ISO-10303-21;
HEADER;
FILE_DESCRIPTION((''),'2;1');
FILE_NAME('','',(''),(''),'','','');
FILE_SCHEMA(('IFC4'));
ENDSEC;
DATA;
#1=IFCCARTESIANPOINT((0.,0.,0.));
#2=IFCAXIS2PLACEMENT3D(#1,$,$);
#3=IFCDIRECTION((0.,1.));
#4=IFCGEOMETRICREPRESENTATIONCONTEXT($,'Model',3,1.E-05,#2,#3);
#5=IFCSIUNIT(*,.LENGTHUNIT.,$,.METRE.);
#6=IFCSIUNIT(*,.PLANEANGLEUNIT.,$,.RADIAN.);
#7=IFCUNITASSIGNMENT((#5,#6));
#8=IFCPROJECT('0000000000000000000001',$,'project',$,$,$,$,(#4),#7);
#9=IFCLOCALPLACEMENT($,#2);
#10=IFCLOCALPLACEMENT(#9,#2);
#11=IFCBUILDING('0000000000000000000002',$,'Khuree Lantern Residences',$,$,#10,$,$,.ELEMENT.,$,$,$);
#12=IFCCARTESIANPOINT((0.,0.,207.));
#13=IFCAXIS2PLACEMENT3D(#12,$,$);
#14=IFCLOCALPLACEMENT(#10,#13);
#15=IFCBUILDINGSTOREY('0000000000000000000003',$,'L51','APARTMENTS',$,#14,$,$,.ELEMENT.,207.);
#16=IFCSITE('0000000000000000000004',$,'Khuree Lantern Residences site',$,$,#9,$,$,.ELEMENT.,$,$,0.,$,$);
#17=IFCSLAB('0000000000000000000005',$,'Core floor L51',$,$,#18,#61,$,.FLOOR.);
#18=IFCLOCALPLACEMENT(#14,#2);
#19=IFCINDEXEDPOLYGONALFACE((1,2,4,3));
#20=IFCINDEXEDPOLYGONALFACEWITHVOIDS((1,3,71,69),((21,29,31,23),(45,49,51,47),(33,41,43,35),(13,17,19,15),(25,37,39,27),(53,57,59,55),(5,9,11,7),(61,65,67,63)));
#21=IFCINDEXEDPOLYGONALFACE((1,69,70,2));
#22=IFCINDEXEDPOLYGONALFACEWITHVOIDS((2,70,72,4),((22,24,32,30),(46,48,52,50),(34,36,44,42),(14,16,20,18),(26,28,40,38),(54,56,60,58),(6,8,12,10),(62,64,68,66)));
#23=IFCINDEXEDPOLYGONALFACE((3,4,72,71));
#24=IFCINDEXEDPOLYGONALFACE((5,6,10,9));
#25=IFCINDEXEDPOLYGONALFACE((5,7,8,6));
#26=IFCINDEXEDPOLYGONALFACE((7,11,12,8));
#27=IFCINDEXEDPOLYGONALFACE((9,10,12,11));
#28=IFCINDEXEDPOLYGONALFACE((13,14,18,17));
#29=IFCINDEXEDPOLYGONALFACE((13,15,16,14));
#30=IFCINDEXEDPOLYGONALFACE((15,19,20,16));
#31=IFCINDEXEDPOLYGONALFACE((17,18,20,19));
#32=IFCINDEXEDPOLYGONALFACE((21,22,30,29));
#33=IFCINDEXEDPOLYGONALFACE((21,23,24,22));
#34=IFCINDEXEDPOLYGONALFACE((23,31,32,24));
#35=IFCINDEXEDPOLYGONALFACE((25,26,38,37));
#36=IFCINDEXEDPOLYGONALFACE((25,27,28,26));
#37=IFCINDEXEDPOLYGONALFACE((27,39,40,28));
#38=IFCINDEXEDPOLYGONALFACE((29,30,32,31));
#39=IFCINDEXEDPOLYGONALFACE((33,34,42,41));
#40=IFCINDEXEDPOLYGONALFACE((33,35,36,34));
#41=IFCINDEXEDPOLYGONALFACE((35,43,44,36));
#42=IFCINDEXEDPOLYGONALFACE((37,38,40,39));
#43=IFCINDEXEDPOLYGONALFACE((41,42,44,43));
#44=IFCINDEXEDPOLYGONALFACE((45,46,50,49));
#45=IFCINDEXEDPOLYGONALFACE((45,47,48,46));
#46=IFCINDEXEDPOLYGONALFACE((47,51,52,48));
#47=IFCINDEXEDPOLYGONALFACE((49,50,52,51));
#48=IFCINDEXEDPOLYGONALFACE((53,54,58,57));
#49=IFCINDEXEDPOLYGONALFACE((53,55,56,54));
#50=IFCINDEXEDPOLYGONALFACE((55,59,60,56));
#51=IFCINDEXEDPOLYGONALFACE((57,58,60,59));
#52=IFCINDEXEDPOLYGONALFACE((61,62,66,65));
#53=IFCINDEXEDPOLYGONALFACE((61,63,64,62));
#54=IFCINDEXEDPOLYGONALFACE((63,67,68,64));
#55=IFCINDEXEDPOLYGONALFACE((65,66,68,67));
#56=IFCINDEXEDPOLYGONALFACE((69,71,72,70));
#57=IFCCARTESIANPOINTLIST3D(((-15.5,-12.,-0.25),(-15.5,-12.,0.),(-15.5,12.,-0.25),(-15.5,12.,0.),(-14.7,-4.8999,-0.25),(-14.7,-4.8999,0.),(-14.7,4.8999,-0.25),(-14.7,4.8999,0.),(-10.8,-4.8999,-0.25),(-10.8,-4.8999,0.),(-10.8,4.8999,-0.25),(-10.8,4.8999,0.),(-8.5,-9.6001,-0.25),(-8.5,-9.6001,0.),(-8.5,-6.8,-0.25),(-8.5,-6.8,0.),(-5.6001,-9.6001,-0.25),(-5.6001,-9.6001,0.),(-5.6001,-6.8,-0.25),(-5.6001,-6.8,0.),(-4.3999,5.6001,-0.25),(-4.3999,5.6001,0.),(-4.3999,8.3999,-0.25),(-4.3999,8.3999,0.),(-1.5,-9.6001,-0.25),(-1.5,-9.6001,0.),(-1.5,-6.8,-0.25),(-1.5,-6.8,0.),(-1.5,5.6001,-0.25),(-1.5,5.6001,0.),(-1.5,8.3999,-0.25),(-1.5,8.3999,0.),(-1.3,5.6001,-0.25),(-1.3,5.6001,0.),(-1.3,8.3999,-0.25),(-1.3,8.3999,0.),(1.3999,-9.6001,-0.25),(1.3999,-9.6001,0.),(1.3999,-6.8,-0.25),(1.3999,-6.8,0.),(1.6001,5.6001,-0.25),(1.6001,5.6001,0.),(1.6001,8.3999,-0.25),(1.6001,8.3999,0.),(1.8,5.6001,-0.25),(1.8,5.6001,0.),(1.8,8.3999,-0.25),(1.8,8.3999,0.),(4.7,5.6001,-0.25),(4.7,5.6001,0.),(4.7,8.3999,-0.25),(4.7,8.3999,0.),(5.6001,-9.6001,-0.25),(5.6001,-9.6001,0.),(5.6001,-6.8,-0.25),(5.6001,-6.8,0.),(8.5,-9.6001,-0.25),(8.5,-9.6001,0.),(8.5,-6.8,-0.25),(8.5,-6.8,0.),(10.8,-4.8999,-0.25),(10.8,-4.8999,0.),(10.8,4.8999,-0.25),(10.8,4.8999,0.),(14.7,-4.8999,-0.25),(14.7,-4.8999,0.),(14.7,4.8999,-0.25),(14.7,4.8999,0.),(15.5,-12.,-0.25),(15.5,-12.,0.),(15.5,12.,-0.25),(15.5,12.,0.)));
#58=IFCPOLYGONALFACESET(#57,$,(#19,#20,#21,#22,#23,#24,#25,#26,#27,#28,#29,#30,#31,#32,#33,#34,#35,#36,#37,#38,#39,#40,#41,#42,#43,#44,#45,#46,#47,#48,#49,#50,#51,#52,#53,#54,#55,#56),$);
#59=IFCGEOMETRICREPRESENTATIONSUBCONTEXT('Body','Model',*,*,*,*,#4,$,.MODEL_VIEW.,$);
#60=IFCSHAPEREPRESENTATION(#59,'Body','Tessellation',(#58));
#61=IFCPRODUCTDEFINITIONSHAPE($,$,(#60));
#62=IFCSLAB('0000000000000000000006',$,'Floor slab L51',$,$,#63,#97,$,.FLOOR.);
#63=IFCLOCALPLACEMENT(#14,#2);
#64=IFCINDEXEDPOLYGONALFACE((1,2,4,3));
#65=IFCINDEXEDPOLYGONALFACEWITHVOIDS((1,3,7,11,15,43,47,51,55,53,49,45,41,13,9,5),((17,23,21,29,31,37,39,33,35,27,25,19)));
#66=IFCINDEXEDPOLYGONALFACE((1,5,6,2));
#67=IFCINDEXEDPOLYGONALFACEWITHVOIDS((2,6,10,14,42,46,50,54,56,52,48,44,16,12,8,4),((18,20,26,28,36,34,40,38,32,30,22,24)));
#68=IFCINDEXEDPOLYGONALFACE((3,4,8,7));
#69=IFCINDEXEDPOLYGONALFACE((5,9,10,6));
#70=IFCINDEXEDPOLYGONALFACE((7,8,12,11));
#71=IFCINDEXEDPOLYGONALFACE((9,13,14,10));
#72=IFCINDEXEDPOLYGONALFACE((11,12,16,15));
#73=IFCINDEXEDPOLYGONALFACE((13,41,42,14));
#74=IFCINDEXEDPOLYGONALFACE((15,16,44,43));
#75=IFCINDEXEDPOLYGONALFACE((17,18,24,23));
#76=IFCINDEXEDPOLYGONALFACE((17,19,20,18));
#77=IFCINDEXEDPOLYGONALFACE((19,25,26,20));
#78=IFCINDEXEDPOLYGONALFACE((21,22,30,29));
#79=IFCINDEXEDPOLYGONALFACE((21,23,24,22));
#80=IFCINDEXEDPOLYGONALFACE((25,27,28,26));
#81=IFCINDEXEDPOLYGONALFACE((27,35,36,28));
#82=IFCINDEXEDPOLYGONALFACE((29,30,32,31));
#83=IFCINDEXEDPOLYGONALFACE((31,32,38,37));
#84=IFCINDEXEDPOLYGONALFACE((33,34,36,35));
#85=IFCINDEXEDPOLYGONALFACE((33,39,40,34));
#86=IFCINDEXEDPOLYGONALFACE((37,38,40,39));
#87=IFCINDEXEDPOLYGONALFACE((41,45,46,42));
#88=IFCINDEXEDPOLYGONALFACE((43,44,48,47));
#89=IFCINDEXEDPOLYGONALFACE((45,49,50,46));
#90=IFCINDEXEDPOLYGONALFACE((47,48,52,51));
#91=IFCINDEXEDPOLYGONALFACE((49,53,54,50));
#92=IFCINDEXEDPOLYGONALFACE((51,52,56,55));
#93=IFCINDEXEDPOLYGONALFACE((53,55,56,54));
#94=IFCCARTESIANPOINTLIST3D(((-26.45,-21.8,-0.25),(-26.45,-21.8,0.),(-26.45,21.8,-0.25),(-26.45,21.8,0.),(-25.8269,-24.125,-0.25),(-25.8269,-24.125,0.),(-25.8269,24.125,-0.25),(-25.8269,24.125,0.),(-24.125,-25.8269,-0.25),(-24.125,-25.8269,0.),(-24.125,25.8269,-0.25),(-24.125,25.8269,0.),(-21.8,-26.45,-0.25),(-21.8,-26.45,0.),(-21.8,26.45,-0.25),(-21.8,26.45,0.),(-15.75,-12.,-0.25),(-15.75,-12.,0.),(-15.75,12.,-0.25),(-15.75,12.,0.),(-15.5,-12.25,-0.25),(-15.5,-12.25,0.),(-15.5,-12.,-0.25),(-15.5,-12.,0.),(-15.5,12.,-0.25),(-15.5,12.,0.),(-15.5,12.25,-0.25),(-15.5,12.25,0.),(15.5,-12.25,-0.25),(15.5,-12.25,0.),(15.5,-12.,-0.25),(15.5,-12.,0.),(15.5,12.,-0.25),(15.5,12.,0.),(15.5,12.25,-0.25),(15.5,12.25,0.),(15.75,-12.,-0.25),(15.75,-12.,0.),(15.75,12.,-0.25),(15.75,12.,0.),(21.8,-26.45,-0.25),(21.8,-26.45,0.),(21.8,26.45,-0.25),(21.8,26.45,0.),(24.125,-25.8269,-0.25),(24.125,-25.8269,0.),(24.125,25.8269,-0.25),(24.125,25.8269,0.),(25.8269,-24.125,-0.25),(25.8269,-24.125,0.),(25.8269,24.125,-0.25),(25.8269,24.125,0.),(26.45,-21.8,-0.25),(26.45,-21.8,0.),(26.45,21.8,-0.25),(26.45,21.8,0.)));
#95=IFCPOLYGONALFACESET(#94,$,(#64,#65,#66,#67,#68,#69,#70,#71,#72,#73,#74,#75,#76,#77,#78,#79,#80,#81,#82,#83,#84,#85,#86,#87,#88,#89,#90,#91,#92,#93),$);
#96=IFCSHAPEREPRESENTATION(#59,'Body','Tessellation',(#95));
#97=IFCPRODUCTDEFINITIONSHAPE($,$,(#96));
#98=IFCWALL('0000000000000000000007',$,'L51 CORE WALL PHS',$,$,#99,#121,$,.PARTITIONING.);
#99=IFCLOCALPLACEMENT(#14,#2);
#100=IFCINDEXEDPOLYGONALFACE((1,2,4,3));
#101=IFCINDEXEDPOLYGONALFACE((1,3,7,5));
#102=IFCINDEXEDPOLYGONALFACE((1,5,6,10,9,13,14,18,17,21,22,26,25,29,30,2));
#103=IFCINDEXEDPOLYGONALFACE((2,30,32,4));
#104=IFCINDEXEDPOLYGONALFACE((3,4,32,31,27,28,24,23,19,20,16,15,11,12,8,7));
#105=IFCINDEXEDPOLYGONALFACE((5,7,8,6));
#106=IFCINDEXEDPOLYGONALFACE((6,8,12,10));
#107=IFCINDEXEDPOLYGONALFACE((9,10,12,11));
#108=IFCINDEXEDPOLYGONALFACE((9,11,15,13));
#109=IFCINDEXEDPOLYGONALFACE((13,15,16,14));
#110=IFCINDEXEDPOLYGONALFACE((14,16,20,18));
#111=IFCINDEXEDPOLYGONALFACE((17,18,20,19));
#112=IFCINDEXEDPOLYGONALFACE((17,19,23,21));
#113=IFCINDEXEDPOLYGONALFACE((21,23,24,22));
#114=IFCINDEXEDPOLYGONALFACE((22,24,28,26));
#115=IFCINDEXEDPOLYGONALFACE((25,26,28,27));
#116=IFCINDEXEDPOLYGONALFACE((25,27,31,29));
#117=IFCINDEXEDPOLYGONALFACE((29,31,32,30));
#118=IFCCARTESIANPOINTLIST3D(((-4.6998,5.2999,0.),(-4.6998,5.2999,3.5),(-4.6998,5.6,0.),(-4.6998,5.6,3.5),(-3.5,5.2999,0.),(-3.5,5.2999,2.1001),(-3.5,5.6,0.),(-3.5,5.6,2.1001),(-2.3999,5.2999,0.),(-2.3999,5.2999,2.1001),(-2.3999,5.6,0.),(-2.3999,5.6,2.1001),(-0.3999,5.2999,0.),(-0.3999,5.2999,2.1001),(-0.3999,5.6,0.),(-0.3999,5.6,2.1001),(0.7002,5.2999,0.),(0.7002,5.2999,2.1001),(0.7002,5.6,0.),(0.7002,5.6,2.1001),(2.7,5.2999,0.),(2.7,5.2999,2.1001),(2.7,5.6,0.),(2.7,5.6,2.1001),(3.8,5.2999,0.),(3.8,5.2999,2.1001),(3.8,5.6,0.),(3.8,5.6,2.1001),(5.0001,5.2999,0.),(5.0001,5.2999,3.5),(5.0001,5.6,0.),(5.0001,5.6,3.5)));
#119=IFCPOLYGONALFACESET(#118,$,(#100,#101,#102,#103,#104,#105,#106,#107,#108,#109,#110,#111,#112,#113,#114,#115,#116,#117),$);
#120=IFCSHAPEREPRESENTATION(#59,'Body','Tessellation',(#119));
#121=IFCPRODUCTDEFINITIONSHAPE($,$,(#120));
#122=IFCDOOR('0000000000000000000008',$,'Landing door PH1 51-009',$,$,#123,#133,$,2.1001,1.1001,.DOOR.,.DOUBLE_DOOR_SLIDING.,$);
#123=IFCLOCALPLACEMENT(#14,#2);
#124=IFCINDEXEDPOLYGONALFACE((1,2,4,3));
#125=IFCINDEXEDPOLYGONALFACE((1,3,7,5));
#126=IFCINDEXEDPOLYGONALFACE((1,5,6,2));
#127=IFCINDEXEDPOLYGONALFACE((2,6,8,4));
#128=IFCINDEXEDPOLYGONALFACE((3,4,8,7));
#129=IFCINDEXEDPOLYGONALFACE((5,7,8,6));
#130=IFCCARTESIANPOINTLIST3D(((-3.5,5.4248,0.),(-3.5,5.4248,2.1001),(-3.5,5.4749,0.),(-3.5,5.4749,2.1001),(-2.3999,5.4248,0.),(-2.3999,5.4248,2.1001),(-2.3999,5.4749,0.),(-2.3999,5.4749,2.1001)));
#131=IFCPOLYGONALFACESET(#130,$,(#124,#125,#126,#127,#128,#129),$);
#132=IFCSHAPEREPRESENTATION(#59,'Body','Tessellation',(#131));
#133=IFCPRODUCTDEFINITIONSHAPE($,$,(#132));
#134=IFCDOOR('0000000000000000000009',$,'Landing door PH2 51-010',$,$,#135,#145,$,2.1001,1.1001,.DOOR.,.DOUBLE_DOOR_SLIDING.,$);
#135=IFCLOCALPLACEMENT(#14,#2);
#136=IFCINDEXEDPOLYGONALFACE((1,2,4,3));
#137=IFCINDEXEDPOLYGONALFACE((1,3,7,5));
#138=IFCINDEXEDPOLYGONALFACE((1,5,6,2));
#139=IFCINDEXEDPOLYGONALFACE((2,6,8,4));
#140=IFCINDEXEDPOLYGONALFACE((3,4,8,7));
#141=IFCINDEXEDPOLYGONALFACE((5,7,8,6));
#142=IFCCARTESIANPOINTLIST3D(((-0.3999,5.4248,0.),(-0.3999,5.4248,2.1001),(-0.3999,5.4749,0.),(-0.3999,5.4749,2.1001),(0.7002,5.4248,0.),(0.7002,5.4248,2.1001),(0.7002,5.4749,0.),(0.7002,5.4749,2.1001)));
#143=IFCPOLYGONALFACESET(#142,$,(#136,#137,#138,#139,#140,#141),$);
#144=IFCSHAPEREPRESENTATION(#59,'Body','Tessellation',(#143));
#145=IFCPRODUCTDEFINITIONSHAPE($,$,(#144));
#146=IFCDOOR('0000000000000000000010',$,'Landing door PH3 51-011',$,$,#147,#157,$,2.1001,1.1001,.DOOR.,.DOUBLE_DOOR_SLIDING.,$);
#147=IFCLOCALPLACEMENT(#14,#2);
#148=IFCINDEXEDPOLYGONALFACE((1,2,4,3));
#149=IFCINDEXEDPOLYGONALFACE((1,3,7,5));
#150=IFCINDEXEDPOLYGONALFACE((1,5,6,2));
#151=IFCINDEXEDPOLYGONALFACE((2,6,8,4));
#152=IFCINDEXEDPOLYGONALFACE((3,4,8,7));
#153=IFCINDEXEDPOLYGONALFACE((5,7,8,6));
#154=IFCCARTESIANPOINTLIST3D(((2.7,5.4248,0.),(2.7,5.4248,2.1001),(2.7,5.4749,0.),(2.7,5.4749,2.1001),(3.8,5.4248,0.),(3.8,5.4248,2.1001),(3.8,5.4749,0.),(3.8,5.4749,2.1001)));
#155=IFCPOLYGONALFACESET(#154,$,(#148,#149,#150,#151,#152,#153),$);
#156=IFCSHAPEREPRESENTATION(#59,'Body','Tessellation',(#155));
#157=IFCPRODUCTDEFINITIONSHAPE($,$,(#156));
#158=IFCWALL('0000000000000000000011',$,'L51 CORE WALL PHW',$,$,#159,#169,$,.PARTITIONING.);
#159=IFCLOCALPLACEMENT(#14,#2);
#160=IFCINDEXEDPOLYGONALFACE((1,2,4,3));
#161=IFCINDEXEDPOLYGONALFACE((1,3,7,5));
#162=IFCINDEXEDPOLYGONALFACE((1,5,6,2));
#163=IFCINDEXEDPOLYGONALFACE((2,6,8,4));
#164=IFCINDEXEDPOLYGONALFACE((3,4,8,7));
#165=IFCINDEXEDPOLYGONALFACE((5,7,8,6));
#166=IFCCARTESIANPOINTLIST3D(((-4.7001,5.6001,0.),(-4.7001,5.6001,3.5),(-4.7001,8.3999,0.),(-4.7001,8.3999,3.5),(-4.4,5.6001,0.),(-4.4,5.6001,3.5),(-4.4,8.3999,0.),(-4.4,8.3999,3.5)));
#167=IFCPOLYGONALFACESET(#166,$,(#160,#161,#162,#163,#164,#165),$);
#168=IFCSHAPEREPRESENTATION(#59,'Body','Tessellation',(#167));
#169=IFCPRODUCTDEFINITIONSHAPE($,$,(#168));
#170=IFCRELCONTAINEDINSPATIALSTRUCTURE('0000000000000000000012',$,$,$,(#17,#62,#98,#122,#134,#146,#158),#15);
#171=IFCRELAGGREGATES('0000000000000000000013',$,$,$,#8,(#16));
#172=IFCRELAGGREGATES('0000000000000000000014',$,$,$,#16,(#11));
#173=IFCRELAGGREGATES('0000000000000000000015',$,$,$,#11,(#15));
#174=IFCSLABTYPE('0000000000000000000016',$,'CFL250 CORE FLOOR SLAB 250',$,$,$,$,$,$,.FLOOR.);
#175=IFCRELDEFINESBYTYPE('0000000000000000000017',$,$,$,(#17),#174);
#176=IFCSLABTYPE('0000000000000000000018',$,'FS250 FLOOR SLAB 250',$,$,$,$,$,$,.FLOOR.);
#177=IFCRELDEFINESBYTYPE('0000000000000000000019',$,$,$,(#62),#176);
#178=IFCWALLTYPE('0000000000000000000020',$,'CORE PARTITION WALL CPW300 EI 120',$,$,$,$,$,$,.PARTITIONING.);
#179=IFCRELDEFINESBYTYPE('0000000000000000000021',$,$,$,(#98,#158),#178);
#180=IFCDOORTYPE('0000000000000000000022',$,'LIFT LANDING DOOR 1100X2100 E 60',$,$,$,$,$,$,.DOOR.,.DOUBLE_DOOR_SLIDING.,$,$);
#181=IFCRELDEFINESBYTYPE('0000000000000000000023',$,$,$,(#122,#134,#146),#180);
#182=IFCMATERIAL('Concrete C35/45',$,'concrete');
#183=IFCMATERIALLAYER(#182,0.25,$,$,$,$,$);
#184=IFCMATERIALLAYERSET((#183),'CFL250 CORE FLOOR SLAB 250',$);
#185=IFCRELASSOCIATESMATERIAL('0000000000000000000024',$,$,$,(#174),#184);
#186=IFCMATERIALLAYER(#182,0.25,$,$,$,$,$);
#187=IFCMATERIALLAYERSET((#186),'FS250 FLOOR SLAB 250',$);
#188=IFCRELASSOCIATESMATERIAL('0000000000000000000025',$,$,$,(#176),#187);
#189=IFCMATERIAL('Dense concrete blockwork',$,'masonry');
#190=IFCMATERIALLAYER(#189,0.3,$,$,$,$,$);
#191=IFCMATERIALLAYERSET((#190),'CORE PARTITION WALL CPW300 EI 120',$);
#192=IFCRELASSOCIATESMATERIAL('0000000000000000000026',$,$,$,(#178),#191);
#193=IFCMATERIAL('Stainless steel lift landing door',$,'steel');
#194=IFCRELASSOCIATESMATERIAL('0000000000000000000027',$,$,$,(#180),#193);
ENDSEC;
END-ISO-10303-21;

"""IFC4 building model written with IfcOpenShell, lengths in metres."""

from ifc_helpers import new_model, si_unit, direction, frame, frame_2d, origin, place, context, subcontext, project, spatial, polyline, rectangle, outline, extrude, material, layer, layer_set, type_object, element, fill, save


model = new_model("IFC4")

# Units and contexts
model_context = context("Model", 3, precision=1e-05, world=origin(), true_north=direction((0.0, 1.0)))
body_context = subcontext(model_context, "Body", "Model", "MODEL_VIEW")
ifc_project = project(units=[si_unit("LENGTHUNIT", "METRE"), si_unit("PLANEANGLEUNIT", "RADIAN")], contexts=[model_context])

# Site, building, storey
site_placement = place(None, origin())
site = spatial("IfcSite", under=ifc_project, at=site_placement, Name="Khuree Lantern Residences site", CompositionType="ELEMENT", RefElevation=0.0)
building_placement = place(site_placement, origin())
building = spatial("IfcBuilding", under=site, at=building_placement, Name="Khuree Lantern Residences", CompositionType="ELEMENT")
storey_placement = place(building_placement, frame((0.0, 0.0, 207.0)))
storey = spatial("IfcBuildingStorey", under=building, at=storey_placement, Name="L51", Description="APARTMENTS", CompositionType="ELEMENT", Elevation=207.0)

# Slabs
ifc_material_1 = material(Name="Concrete C35/45", Category="concrete")
ifc_layer_1 = layer(ifc_material_1, 0.25)
ifc_layer_set_1 = layer_set([ifc_layer_1], Name="CFL250 CORE FLOOR SLAB 250")
slab_type_1 = type_object("IfcSlabType", Name="CFL250 CORE FLOOR SLAB 250", PredefinedType="FLOOR", material=ifc_layer_set_1)
slab_1_placement = place(storey_placement, frame((0.0, 0.0, -0.25)))
element("IfcSlab", 1, at=slab_1_placement, inside=storey, type_object=slab_type_1, Name="Core floor L51", PredefinedType="FLOOR", context=body_context, shape_type="SweptSolid", body=[
    extrude(outline(polyline([(-15.5, -12.0), (-15.5, 12.0), (15.5, 12.0), (15.5, -12.0), (-15.5, -12.0)]), holes=[polyline([(10.8, 4.8999), (10.8, -4.8999), (14.7, -4.8999), (14.7, 4.8999), (10.8, 4.8999)]), polyline([(5.6001, -6.8), (5.6001, -9.6001), (8.5, -9.6001), (8.5, -6.8), (5.6001, -6.8)]), polyline([(1.8, 8.3999), (1.8, 5.6001), (4.7, 5.6001), (4.7, 8.3999), (1.8, 8.3999)]), polyline([(-1.3, 8.3999), (-1.3, 5.6001), (1.6001, 5.6001), (1.6001, 8.3999), (-1.3, 8.3999)]), polyline([(-1.5, -6.8), (-1.5, -9.6001), (1.3999, -9.6001), (1.3999, -6.8), (-1.5, -6.8)]), polyline([(-4.3999, 8.3999), (-4.3999, 5.6001), (-1.5, 5.6001), (-1.5, 8.3999), (-4.3999, 8.3999)]), polyline([(-8.5, -6.8), (-8.5, -9.6001), (-5.6001, -9.6001), (-5.6001, -6.8), (-8.5, -6.8)]), polyline([(-14.7, 4.8999), (-14.7, -4.8999), (-10.8, -4.8999), (-10.8, 4.8999), (-14.7, 4.8999)])]), origin(), (0.0, 0.0, 1.0), 0.25),
])
ifc_layer_2 = layer(ifc_material_1, 0.25)
ifc_layer_set_2 = layer_set([ifc_layer_2], Name="FS250 FLOOR SLAB 250")
slab_type_2 = type_object("IfcSlabType", Name="FS250 FLOOR SLAB 250", PredefinedType="FLOOR", material=ifc_layer_set_2)
slab_2_placement = place(storey_placement, frame((0.0, 0.0, -0.25)))
element("IfcSlab", 2, at=slab_2_placement, inside=storey, type_object=slab_type_2, Name="Floor slab L51", PredefinedType="FLOOR", context=body_context, shape_type="SweptSolid", body=[
    extrude(outline(polyline([(-24.125, -25.8269), (-25.8269, -24.125), (-26.45, -21.8), (-26.45, 21.8), (-25.8269, 24.125), (-24.125, 25.8269), (-21.8, 26.45), (21.8, 26.45), (24.125, 25.8269), (25.8269, 24.125), (26.45, 21.8), (26.45, -21.8), (25.8269, -24.125), (24.125, -25.8269), (21.8, -26.45), (-21.8, -26.45), (-24.125, -25.8269)]), holes=[polyline([(15.75, 12.0), (15.5, 12.0), (15.5, 12.25), (-15.5, 12.25), (-15.5, 12.0), (-15.75, 12.0), (-15.75, -12.0), (-15.5, -12.0), (-15.5, -12.25), (15.5, -12.25), (15.5, -12.0), (15.75, -12.0), (15.75, 12.0)])]), origin(), (0.0, 0.0, 1.0), 0.25),
])

# Wall, openings, doors
ifc_material_2 = material(Name="Dense concrete blockwork", Category="masonry")
ifc_layer_3 = layer(ifc_material_2, 0.3)
ifc_layer_set_3 = layer_set([ifc_layer_3], Name="CORE PARTITION WALL CPW300 EI 120")
wall_type_1 = type_object("IfcWallType", Name="CORE PARTITION WALL CPW300 EI 120", PredefinedType="PARTITIONING", material=ifc_layer_set_3)
wall_1_placement = place(storey_placement, frame((-4.7, 5.45, 0.0), z_axis=(0.0, 0.0, 1.0), x_axis=(1.0, 0.0, 0.0)))
wall_1 = element("IfcWall", 3, at=wall_1_placement, inside=storey, type_object=wall_type_1, Name="L51 CORE WALL PHS", PredefinedType="PARTITIONING", context=body_context, shape_type="SweptSolid", body=[
    extrude(rectangle(XDim=9.7, YDim=0.3, at=frame_2d((4.8501, 0.0))), origin(), (0.0, 0.0, 1.0), 3.5),
])
opening_1_placement = place(wall_1_placement, frame((1.2, 0.0, 0.0)))
opening_1 = element("IfcOpeningElement", 4, at=opening_1_placement, cuts=wall_1, PredefinedType="OPENING", context=body_context, shape_type="SweptSolid", body=[
    extrude(rectangle(XDim=1.1001, YDim=2.1001, at=frame_2d((0.55, 1.05))), frame((0.0, 0.1602, 0.0), z_axis=(0.0, -1.0, 0.0), x_axis=(1.0, 0.0, 0.0)), (0.0, 0.0, 1.0), 0.3201),
])
opening_2_placement = place(wall_1_placement, frame((4.3, 0.0, 0.0)))
opening_2 = element("IfcOpeningElement", 5, at=opening_2_placement, cuts=wall_1, PredefinedType="OPENING", context=body_context, shape_type="SweptSolid", body=[
    extrude(rectangle(XDim=1.1001, YDim=2.1001, at=frame_2d((0.55, 1.05))), frame((0.0, 0.1602, 0.0), z_axis=(0.0, -1.0, 0.0), x_axis=(1.0, 0.0, 0.0)), (0.0, 0.0, 1.0), 0.3201),
])
opening_3_placement = place(wall_1_placement, frame((7.3999, 0.0, 0.0)))
opening_3 = element("IfcOpeningElement", 6, at=opening_3_placement, cuts=wall_1, PredefinedType="OPENING", context=body_context, shape_type="SweptSolid", body=[
    extrude(rectangle(XDim=1.1001, YDim=2.1001, at=frame_2d((0.55, 1.05))), frame((0.0, 0.1602, 0.0), z_axis=(0.0, -1.0, 0.0), x_axis=(1.0, 0.0, 0.0)), (0.0, 0.0, 1.0), 0.3201),
])
ifc_material_3 = material(Name="Stainless steel lift landing door", Category="steel")
door_type_1 = type_object("IfcDoorType", Name="LIFT LANDING DOOR 1100X2100 E 60", OperationType="DOUBLE_DOOR_SLIDING", PredefinedType="DOOR", material=ifc_material_3)
door_1_placement = place(opening_1_placement, origin())
door_1 = element("IfcDoor", 7, at=door_1_placement, inside=storey, type_object=door_type_1, Name="Landing door PH1 51-009", OperationType="DOUBLE_DOOR_SLIDING", OverallHeight=2.1001, OverallWidth=1.1001, PredefinedType="DOOR", context=body_context, shape_type="SweptSolid", body=[
    extrude(rectangle(XDim=1.1001, YDim=2.1001, at=frame_2d((0.55, 1.05))), frame((0.0, 0.0249, 0.0), z_axis=(0.0, -1.0, 0.0), x_axis=(1.0, 0.0, 0.0)), (0.0, 0.0, 1.0), 0.05),
])
fill(opening_1, door_1)
door_2_placement = place(opening_2_placement, origin())
door_2 = element("IfcDoor", 8, at=door_2_placement, inside=storey, type_object=door_type_1, Name="Landing door PH2 51-010", OperationType="DOUBLE_DOOR_SLIDING", OverallHeight=2.1001, OverallWidth=1.1001, PredefinedType="DOOR", context=body_context, shape_type="SweptSolid", body=[
    extrude(rectangle(XDim=1.1001, YDim=2.1001, at=frame_2d((0.55, 1.05))), frame((0.0, 0.0249, 0.0), z_axis=(0.0, -1.0, 0.0), x_axis=(1.0, 0.0, 0.0)), (0.0, 0.0, 1.0), 0.05),
])
fill(opening_2, door_2)
door_3_placement = place(opening_3_placement, origin())
door_3 = element("IfcDoor", 9, at=door_3_placement, inside=storey, type_object=door_type_1, Name="Landing door PH3 51-011", OperationType="DOUBLE_DOOR_SLIDING", OverallHeight=2.1001, OverallWidth=1.1001, PredefinedType="DOOR", context=body_context, shape_type="SweptSolid", body=[
    extrude(rectangle(XDim=1.1001, YDim=2.1001, at=frame_2d((0.55, 1.05))), frame((0.0, 0.0249, 0.0), z_axis=(0.0, -1.0, 0.0), x_axis=(1.0, 0.0, 0.0)), (0.0, 0.0, 1.0), 0.05),
])
fill(opening_3, door_3)

# Wall
wall_2_placement = place(storey_placement, frame((-4.55, 5.6001, 0.0), z_axis=(0.0, 0.0, 1.0), x_axis=(0.0, 1.0, 0.0)))
element("IfcWall", 10, at=wall_2_placement, inside=storey, type_object=wall_type_1, Name="L51 CORE WALL PHW", PredefinedType="PARTITIONING", context=body_context, shape_type="SweptSolid", body=[
    extrude(rectangle(XDim=2.7998, YDim=0.3, at=frame_2d((1.3999, 0.0))), origin(), (0.0, 0.0, 1.0), 3.5),
])

save(model, "model.ifc")
